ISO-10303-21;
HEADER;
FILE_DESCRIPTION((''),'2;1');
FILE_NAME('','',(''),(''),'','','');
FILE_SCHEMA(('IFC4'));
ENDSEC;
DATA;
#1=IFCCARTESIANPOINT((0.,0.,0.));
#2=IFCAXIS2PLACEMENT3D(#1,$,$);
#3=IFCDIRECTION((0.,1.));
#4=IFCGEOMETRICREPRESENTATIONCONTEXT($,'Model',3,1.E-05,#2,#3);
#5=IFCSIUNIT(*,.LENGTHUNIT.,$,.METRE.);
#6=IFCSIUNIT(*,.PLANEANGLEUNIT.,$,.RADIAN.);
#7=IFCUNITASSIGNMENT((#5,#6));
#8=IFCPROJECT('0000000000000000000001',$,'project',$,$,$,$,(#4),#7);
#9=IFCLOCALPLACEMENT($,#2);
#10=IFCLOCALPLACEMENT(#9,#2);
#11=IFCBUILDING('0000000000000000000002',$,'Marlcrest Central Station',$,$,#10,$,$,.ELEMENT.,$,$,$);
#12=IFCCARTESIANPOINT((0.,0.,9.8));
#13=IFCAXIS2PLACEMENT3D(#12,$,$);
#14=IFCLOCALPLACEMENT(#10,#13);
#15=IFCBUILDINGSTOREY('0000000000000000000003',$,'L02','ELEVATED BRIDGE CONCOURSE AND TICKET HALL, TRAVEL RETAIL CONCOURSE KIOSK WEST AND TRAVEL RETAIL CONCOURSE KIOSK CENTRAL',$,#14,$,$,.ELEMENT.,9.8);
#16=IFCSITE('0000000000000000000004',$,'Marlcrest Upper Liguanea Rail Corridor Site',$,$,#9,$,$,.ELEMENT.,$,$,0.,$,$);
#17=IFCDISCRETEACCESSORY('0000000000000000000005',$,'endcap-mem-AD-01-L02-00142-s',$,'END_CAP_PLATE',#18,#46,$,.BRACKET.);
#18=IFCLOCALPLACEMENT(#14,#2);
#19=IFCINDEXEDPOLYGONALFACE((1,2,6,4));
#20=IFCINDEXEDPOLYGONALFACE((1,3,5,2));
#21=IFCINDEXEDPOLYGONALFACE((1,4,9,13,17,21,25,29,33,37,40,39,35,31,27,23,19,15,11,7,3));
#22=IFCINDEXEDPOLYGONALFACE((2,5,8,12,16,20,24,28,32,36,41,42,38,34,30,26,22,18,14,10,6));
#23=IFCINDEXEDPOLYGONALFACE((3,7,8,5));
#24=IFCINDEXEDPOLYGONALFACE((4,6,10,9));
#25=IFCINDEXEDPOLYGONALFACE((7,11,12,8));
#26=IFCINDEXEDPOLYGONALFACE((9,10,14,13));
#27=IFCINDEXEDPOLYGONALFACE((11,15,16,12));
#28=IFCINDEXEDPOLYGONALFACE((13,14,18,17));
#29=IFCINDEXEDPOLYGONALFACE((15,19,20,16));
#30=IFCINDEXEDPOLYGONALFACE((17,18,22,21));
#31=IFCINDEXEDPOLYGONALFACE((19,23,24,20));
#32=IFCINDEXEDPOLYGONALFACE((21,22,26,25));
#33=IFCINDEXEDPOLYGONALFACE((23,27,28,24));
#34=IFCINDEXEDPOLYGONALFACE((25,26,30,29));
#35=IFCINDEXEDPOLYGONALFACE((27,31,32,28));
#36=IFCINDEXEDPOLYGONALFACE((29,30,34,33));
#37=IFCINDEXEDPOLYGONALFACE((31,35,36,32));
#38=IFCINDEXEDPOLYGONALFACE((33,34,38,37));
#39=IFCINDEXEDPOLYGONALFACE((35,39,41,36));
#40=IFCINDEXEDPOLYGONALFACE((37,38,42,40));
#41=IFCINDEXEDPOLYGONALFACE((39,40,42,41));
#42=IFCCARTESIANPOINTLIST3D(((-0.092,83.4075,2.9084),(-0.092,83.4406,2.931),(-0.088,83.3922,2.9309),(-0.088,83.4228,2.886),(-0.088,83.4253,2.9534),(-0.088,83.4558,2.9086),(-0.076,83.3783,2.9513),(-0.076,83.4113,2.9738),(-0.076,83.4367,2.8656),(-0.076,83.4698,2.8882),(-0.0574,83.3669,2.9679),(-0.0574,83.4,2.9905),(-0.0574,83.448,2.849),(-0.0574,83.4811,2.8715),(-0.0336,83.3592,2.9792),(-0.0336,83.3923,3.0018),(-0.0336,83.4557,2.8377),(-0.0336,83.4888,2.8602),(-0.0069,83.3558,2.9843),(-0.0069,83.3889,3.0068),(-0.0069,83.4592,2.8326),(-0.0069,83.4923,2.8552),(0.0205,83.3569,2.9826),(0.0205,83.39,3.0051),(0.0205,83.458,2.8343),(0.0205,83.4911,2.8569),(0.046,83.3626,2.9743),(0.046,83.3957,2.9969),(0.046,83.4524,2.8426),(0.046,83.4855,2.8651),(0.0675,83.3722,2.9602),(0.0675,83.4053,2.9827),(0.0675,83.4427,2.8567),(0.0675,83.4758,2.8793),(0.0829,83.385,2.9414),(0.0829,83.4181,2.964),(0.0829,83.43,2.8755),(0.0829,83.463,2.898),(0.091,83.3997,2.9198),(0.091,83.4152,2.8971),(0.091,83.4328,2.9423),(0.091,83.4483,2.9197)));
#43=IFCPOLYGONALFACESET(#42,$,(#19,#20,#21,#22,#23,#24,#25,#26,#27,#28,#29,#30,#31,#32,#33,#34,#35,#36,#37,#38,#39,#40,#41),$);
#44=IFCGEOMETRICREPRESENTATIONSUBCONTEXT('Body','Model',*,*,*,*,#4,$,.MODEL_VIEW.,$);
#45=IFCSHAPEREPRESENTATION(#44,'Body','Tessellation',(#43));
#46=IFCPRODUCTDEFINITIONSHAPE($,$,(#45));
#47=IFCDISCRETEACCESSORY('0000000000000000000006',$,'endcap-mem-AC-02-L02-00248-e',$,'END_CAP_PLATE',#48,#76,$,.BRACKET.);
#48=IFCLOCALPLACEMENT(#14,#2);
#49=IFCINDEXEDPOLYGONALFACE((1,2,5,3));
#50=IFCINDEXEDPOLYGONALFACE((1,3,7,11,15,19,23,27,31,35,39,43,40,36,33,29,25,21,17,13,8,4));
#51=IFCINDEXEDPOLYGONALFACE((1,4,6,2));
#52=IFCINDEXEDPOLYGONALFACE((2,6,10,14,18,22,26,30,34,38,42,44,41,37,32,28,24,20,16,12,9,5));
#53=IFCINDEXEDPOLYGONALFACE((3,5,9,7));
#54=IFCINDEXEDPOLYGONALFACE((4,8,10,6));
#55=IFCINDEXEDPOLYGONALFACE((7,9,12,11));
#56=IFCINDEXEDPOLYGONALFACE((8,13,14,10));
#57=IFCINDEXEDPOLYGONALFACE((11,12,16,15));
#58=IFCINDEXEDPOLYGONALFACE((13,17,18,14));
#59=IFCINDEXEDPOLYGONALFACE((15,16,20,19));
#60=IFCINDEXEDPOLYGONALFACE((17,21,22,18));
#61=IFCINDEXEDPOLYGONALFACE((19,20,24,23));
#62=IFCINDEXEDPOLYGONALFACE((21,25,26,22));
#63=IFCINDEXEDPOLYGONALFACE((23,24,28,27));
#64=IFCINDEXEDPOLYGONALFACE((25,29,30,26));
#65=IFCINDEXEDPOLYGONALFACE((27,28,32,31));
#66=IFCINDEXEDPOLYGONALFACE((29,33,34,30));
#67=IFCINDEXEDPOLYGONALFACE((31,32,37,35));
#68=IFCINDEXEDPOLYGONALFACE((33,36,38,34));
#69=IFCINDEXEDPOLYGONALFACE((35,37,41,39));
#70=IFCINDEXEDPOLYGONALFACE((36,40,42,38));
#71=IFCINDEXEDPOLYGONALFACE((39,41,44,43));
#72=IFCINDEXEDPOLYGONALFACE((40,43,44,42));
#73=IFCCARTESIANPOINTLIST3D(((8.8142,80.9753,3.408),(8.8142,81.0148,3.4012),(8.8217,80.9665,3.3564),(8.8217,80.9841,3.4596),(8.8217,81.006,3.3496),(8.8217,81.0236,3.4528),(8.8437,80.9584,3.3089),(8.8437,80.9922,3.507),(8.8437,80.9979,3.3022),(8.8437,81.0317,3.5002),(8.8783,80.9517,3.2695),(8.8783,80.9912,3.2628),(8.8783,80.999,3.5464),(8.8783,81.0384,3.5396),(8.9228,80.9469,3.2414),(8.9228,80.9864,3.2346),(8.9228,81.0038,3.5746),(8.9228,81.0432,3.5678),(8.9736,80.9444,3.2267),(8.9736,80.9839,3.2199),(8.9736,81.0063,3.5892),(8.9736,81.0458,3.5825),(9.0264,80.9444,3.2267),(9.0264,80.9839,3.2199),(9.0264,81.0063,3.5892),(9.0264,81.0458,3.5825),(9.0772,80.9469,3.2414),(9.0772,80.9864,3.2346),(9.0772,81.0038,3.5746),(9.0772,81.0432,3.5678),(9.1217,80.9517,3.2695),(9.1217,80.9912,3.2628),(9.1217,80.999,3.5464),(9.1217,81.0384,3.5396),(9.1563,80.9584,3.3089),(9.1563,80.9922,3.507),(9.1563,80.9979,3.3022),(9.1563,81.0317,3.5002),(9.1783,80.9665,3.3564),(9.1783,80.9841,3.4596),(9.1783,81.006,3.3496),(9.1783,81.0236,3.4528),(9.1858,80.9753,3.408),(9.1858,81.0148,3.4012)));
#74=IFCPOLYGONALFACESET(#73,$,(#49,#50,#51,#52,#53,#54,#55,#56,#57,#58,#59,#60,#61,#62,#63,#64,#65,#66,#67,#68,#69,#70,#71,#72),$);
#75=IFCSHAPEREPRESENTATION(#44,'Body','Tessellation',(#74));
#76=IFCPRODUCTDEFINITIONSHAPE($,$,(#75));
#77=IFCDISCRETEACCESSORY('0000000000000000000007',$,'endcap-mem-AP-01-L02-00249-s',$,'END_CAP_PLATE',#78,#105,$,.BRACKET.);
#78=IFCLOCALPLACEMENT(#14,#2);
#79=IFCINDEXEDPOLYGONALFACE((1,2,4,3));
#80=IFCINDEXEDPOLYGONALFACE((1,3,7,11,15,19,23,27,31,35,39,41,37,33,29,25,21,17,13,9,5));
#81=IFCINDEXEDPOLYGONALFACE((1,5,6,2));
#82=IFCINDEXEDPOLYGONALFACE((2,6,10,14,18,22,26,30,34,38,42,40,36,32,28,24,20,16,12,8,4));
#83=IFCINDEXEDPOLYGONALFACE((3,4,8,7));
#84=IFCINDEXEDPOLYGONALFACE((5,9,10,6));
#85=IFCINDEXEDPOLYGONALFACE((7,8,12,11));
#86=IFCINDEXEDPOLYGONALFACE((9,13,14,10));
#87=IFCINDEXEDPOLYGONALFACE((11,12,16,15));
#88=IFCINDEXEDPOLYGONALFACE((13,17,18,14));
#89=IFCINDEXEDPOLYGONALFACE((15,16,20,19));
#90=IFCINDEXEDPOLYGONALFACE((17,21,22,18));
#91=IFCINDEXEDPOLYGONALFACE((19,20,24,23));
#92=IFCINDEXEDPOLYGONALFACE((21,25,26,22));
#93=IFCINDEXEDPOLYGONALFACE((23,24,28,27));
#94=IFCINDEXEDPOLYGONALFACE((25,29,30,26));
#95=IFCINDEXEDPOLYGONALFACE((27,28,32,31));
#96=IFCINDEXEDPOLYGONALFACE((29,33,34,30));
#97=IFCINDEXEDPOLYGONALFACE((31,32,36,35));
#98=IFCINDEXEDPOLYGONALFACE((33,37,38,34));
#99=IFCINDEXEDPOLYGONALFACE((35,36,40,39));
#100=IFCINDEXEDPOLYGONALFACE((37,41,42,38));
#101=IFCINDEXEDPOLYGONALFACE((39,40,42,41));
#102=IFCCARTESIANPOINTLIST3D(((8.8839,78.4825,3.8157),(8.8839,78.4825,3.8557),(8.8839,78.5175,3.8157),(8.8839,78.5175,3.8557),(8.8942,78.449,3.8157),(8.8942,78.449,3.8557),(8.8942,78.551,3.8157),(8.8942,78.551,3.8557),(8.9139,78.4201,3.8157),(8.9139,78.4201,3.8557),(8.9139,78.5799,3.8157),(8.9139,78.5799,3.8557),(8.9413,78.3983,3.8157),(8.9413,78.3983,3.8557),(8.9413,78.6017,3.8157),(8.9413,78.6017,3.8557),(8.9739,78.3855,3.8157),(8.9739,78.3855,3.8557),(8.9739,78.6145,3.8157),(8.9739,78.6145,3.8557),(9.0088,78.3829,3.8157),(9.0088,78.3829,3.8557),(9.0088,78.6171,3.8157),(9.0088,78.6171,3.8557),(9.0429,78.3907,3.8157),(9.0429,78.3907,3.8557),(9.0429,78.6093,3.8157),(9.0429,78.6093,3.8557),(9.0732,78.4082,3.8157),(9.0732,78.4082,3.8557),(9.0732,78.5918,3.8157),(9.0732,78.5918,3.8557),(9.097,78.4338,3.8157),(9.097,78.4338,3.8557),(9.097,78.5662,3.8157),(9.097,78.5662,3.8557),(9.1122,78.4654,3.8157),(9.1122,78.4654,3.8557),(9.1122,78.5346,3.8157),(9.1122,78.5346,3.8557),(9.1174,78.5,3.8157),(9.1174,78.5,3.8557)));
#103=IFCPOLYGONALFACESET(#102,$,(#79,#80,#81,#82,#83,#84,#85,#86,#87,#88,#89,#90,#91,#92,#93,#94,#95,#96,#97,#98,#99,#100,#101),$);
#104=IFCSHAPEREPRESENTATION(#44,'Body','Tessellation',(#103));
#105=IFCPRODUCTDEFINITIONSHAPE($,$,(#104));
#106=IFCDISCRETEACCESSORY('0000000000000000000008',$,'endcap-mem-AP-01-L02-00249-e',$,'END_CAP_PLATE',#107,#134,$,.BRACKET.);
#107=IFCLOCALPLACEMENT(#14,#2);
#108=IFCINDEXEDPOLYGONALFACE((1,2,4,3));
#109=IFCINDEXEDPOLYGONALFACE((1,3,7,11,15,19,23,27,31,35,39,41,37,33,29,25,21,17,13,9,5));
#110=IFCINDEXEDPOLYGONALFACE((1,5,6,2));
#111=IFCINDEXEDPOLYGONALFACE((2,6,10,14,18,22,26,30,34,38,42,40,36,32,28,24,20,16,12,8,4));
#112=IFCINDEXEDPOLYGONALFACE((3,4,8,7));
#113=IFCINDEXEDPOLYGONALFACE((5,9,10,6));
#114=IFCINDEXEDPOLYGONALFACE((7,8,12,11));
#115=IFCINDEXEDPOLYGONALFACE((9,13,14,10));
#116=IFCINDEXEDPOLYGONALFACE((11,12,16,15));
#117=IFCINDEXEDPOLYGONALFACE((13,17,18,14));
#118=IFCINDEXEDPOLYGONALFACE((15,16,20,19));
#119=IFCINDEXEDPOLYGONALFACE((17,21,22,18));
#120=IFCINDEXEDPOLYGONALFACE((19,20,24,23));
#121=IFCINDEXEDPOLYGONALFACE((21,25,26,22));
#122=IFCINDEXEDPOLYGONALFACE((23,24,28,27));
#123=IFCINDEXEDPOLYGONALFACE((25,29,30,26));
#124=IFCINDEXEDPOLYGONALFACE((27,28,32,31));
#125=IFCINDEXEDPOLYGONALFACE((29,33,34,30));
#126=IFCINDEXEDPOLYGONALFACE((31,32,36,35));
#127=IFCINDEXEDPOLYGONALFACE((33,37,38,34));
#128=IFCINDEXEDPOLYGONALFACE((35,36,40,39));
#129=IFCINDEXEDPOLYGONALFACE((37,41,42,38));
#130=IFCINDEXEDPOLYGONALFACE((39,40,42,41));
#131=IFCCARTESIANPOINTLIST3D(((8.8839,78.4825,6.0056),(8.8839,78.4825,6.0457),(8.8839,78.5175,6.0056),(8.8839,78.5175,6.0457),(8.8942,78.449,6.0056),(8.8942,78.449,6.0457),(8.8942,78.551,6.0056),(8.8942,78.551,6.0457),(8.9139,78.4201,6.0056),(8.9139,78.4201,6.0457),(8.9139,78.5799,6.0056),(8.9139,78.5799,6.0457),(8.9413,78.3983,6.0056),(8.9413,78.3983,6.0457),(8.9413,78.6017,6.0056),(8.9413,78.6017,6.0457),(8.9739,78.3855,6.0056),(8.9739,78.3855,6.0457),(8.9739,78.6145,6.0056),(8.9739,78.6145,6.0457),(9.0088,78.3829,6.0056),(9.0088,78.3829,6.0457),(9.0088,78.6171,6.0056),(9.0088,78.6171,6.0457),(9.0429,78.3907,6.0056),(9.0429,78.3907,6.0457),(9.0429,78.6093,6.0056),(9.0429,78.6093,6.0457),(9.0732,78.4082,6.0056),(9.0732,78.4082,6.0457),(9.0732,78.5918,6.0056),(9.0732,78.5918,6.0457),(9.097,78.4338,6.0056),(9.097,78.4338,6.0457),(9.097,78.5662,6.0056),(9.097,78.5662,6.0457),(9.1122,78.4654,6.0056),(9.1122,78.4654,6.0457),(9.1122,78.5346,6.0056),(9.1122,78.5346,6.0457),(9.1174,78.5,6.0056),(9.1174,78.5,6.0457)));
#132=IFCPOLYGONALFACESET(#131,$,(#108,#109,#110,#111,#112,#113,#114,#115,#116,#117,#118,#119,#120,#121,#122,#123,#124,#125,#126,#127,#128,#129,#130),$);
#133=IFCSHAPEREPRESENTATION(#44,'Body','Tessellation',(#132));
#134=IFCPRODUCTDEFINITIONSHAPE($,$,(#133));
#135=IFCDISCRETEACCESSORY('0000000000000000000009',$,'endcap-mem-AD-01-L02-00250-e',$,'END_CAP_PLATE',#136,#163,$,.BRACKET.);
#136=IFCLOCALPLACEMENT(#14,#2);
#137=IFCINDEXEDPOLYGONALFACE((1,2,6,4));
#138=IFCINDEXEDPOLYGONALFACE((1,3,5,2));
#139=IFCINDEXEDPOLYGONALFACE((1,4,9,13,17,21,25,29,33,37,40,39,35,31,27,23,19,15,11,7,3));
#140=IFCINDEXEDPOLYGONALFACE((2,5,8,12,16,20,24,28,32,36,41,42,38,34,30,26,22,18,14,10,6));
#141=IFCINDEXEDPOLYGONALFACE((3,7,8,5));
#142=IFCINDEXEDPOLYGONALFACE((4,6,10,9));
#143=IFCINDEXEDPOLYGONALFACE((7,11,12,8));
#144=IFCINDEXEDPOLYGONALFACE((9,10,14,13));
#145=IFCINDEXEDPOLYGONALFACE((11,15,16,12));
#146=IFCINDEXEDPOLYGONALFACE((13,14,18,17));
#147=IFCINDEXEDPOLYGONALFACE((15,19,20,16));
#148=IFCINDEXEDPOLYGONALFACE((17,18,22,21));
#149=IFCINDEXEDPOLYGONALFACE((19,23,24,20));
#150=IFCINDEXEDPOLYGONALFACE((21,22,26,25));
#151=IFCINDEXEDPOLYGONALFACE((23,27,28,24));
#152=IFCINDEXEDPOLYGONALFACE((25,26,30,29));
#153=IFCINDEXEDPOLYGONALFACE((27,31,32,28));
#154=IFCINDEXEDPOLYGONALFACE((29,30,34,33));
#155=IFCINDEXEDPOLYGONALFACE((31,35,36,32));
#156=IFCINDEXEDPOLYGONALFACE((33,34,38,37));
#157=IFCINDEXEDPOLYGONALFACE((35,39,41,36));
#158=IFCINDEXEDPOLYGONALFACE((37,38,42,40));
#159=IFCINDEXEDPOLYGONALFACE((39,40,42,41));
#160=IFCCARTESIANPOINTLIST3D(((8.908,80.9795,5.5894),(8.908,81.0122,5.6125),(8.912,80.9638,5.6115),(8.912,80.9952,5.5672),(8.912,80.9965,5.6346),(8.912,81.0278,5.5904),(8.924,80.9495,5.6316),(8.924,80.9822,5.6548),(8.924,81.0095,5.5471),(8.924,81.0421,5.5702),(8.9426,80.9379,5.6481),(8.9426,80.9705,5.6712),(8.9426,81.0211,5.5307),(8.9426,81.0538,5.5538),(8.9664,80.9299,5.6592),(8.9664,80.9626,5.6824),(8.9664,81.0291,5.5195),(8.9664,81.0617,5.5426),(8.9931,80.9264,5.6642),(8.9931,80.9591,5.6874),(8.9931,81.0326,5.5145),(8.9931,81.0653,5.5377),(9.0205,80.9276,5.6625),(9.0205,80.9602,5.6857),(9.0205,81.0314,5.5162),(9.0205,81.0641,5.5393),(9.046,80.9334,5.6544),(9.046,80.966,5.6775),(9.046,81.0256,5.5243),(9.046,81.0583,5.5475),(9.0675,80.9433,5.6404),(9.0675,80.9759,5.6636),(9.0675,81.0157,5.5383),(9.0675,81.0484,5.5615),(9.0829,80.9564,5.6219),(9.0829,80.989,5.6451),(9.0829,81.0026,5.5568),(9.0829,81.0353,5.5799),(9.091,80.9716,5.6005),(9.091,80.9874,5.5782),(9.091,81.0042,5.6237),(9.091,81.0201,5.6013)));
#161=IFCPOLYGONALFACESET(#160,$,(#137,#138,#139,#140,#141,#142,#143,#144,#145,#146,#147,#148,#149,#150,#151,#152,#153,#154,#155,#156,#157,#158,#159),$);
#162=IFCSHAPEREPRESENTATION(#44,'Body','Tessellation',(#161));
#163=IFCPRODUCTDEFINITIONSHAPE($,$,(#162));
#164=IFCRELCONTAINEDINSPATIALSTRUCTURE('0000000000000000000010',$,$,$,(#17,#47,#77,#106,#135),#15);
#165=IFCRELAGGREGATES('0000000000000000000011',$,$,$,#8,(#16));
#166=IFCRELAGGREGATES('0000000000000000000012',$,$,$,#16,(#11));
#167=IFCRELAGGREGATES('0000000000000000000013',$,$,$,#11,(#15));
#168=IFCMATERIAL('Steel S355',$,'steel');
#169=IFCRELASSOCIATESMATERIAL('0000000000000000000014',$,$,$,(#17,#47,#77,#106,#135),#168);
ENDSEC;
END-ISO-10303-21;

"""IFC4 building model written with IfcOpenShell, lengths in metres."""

from ifc_helpers import new_model, si_unit, direction, frame, origin, origin_2d, place, context, subcontext, project, spatial, circle, extrude, material, element, save


model = new_model("IFC4")

# Units and contexts
model_context = context("Model", 3, precision=1e-05, world=origin(), true_north=direction((0.0, 1.0)))
body_context = subcontext(model_context, "Body", "Model", "MODEL_VIEW")
ifc_project = project(units=[si_unit("LENGTHUNIT", "METRE"), si_unit("PLANEANGLEUNIT", "RADIAN")], contexts=[model_context])

# Site, building, storey
site_placement = place(None, origin())
site = spatial("IfcSite", under=ifc_project, at=site_placement, Name="Marlcrest Upper Liguanea Rail Corridor Site", CompositionType="ELEMENT", RefElevation=0.0)
building_placement = place(site_placement, origin())
building = spatial("IfcBuilding", under=site, at=building_placement, Name="Marlcrest Central Station", CompositionType="ELEMENT")
storey_placement = place(building_placement, frame((0.0, 0.0, 9.8)))
storey = spatial("IfcBuildingStorey", under=building, at=storey_placement, Name="L02", Description="ELEVATED BRIDGE CONCOURSE AND TICKET HALL, TRAVEL RETAIL CONCOURSE KIOSK WEST AND TRAVEL RETAIL CONCOURSE KIOSK CENTRAL", CompositionType="ELEMENT", Elevation=9.8)

# Shared definitions
ifc_material_1 = material(Name="Steel S355", Category="steel")

# Discrete accessories
discrete_accessory_1_placement = place(storey_placement, frame((0.0, 83.4075, 2.9084), z_axis=(0.0, 0.826263, 0.563285), x_axis=(-1.0, 0.0, 0.0)))
element("IfcDiscreteAccessory", 1, at=discrete_accessory_1_placement, inside=storey, material=ifc_material_1, Name="endcap-mem-AD-01-L02-00142-s", ObjectType="END_CAP_PLATE", PredefinedType="BRACKET", context=body_context, shape_type="SweptSolid", body=[
    extrude(circle(Radius=0.092, at=origin_2d()), origin(), (0.0, 0.0, 1.0), 0.04),
])
discrete_accessory_2_placement = place(storey_placement, frame((9.0, 80.9753, 3.408), z_axis=(0.0, 0.985741, -0.168269), x_axis=(-1.0, 0.0, 0.0)))
element("IfcDiscreteAccessory", 2, at=discrete_accessory_2_placement, inside=storey, material=ifc_material_1, Name="endcap-mem-AC-02-L02-00248-e", ObjectType="END_CAP_PLATE", PredefinedType="BRACKET", context=body_context, shape_type="SweptSolid", body=[
    extrude(circle(Radius=0.1858, at=origin_2d()), origin(), (0.0, 0.0, 1.0), 0.04),
])
for number, where, z_axis, x_axis, name in (
    (3, (9.0, 78.5, 3.8157), (0.0, 0.0, 1.0), (1.0, 0.0, 0.0), "endcap-mem-AP-01-L02-00249-s"),
    (4, (9.0, 78.5, 6.0056), (0.0, 0.0, 1.0), (1.0, 0.0, 0.0), "endcap-mem-AP-01-L02-00249-e"),
):
    element("IfcDiscreteAccessory", number, at=place(storey_placement, frame(where, z_axis=z_axis, x_axis=x_axis)), inside=storey, material=ifc_material_1, Name=name, ObjectType="END_CAP_PLATE", PredefinedType="BRACKET", context=body_context, shape_type="SweptSolid", body=[
        extrude(circle(Radius=0.1174, at=origin_2d()), origin(), (0.0, 0.0, 1.0), 0.04),
    ])
discrete_accessory_3_placement = place(storey_placement, frame((9.0, 80.9795, 5.5894), z_axis=(0.0, 0.815661, 0.57853), x_axis=(-1.0, 0.0, 0.0)))
element("IfcDiscreteAccessory", 5, at=discrete_accessory_3_placement, inside=storey, material=ifc_material_1, Name="endcap-mem-AD-01-L02-00250-e", ObjectType="END_CAP_PLATE", PredefinedType="BRACKET", context=body_context, shape_type="SweptSolid", body=[
    extrude(circle(Radius=0.092, at=origin_2d()), origin(), (0.0, 0.0, 1.0), 0.04),
])

save(model, "model.ifc")
